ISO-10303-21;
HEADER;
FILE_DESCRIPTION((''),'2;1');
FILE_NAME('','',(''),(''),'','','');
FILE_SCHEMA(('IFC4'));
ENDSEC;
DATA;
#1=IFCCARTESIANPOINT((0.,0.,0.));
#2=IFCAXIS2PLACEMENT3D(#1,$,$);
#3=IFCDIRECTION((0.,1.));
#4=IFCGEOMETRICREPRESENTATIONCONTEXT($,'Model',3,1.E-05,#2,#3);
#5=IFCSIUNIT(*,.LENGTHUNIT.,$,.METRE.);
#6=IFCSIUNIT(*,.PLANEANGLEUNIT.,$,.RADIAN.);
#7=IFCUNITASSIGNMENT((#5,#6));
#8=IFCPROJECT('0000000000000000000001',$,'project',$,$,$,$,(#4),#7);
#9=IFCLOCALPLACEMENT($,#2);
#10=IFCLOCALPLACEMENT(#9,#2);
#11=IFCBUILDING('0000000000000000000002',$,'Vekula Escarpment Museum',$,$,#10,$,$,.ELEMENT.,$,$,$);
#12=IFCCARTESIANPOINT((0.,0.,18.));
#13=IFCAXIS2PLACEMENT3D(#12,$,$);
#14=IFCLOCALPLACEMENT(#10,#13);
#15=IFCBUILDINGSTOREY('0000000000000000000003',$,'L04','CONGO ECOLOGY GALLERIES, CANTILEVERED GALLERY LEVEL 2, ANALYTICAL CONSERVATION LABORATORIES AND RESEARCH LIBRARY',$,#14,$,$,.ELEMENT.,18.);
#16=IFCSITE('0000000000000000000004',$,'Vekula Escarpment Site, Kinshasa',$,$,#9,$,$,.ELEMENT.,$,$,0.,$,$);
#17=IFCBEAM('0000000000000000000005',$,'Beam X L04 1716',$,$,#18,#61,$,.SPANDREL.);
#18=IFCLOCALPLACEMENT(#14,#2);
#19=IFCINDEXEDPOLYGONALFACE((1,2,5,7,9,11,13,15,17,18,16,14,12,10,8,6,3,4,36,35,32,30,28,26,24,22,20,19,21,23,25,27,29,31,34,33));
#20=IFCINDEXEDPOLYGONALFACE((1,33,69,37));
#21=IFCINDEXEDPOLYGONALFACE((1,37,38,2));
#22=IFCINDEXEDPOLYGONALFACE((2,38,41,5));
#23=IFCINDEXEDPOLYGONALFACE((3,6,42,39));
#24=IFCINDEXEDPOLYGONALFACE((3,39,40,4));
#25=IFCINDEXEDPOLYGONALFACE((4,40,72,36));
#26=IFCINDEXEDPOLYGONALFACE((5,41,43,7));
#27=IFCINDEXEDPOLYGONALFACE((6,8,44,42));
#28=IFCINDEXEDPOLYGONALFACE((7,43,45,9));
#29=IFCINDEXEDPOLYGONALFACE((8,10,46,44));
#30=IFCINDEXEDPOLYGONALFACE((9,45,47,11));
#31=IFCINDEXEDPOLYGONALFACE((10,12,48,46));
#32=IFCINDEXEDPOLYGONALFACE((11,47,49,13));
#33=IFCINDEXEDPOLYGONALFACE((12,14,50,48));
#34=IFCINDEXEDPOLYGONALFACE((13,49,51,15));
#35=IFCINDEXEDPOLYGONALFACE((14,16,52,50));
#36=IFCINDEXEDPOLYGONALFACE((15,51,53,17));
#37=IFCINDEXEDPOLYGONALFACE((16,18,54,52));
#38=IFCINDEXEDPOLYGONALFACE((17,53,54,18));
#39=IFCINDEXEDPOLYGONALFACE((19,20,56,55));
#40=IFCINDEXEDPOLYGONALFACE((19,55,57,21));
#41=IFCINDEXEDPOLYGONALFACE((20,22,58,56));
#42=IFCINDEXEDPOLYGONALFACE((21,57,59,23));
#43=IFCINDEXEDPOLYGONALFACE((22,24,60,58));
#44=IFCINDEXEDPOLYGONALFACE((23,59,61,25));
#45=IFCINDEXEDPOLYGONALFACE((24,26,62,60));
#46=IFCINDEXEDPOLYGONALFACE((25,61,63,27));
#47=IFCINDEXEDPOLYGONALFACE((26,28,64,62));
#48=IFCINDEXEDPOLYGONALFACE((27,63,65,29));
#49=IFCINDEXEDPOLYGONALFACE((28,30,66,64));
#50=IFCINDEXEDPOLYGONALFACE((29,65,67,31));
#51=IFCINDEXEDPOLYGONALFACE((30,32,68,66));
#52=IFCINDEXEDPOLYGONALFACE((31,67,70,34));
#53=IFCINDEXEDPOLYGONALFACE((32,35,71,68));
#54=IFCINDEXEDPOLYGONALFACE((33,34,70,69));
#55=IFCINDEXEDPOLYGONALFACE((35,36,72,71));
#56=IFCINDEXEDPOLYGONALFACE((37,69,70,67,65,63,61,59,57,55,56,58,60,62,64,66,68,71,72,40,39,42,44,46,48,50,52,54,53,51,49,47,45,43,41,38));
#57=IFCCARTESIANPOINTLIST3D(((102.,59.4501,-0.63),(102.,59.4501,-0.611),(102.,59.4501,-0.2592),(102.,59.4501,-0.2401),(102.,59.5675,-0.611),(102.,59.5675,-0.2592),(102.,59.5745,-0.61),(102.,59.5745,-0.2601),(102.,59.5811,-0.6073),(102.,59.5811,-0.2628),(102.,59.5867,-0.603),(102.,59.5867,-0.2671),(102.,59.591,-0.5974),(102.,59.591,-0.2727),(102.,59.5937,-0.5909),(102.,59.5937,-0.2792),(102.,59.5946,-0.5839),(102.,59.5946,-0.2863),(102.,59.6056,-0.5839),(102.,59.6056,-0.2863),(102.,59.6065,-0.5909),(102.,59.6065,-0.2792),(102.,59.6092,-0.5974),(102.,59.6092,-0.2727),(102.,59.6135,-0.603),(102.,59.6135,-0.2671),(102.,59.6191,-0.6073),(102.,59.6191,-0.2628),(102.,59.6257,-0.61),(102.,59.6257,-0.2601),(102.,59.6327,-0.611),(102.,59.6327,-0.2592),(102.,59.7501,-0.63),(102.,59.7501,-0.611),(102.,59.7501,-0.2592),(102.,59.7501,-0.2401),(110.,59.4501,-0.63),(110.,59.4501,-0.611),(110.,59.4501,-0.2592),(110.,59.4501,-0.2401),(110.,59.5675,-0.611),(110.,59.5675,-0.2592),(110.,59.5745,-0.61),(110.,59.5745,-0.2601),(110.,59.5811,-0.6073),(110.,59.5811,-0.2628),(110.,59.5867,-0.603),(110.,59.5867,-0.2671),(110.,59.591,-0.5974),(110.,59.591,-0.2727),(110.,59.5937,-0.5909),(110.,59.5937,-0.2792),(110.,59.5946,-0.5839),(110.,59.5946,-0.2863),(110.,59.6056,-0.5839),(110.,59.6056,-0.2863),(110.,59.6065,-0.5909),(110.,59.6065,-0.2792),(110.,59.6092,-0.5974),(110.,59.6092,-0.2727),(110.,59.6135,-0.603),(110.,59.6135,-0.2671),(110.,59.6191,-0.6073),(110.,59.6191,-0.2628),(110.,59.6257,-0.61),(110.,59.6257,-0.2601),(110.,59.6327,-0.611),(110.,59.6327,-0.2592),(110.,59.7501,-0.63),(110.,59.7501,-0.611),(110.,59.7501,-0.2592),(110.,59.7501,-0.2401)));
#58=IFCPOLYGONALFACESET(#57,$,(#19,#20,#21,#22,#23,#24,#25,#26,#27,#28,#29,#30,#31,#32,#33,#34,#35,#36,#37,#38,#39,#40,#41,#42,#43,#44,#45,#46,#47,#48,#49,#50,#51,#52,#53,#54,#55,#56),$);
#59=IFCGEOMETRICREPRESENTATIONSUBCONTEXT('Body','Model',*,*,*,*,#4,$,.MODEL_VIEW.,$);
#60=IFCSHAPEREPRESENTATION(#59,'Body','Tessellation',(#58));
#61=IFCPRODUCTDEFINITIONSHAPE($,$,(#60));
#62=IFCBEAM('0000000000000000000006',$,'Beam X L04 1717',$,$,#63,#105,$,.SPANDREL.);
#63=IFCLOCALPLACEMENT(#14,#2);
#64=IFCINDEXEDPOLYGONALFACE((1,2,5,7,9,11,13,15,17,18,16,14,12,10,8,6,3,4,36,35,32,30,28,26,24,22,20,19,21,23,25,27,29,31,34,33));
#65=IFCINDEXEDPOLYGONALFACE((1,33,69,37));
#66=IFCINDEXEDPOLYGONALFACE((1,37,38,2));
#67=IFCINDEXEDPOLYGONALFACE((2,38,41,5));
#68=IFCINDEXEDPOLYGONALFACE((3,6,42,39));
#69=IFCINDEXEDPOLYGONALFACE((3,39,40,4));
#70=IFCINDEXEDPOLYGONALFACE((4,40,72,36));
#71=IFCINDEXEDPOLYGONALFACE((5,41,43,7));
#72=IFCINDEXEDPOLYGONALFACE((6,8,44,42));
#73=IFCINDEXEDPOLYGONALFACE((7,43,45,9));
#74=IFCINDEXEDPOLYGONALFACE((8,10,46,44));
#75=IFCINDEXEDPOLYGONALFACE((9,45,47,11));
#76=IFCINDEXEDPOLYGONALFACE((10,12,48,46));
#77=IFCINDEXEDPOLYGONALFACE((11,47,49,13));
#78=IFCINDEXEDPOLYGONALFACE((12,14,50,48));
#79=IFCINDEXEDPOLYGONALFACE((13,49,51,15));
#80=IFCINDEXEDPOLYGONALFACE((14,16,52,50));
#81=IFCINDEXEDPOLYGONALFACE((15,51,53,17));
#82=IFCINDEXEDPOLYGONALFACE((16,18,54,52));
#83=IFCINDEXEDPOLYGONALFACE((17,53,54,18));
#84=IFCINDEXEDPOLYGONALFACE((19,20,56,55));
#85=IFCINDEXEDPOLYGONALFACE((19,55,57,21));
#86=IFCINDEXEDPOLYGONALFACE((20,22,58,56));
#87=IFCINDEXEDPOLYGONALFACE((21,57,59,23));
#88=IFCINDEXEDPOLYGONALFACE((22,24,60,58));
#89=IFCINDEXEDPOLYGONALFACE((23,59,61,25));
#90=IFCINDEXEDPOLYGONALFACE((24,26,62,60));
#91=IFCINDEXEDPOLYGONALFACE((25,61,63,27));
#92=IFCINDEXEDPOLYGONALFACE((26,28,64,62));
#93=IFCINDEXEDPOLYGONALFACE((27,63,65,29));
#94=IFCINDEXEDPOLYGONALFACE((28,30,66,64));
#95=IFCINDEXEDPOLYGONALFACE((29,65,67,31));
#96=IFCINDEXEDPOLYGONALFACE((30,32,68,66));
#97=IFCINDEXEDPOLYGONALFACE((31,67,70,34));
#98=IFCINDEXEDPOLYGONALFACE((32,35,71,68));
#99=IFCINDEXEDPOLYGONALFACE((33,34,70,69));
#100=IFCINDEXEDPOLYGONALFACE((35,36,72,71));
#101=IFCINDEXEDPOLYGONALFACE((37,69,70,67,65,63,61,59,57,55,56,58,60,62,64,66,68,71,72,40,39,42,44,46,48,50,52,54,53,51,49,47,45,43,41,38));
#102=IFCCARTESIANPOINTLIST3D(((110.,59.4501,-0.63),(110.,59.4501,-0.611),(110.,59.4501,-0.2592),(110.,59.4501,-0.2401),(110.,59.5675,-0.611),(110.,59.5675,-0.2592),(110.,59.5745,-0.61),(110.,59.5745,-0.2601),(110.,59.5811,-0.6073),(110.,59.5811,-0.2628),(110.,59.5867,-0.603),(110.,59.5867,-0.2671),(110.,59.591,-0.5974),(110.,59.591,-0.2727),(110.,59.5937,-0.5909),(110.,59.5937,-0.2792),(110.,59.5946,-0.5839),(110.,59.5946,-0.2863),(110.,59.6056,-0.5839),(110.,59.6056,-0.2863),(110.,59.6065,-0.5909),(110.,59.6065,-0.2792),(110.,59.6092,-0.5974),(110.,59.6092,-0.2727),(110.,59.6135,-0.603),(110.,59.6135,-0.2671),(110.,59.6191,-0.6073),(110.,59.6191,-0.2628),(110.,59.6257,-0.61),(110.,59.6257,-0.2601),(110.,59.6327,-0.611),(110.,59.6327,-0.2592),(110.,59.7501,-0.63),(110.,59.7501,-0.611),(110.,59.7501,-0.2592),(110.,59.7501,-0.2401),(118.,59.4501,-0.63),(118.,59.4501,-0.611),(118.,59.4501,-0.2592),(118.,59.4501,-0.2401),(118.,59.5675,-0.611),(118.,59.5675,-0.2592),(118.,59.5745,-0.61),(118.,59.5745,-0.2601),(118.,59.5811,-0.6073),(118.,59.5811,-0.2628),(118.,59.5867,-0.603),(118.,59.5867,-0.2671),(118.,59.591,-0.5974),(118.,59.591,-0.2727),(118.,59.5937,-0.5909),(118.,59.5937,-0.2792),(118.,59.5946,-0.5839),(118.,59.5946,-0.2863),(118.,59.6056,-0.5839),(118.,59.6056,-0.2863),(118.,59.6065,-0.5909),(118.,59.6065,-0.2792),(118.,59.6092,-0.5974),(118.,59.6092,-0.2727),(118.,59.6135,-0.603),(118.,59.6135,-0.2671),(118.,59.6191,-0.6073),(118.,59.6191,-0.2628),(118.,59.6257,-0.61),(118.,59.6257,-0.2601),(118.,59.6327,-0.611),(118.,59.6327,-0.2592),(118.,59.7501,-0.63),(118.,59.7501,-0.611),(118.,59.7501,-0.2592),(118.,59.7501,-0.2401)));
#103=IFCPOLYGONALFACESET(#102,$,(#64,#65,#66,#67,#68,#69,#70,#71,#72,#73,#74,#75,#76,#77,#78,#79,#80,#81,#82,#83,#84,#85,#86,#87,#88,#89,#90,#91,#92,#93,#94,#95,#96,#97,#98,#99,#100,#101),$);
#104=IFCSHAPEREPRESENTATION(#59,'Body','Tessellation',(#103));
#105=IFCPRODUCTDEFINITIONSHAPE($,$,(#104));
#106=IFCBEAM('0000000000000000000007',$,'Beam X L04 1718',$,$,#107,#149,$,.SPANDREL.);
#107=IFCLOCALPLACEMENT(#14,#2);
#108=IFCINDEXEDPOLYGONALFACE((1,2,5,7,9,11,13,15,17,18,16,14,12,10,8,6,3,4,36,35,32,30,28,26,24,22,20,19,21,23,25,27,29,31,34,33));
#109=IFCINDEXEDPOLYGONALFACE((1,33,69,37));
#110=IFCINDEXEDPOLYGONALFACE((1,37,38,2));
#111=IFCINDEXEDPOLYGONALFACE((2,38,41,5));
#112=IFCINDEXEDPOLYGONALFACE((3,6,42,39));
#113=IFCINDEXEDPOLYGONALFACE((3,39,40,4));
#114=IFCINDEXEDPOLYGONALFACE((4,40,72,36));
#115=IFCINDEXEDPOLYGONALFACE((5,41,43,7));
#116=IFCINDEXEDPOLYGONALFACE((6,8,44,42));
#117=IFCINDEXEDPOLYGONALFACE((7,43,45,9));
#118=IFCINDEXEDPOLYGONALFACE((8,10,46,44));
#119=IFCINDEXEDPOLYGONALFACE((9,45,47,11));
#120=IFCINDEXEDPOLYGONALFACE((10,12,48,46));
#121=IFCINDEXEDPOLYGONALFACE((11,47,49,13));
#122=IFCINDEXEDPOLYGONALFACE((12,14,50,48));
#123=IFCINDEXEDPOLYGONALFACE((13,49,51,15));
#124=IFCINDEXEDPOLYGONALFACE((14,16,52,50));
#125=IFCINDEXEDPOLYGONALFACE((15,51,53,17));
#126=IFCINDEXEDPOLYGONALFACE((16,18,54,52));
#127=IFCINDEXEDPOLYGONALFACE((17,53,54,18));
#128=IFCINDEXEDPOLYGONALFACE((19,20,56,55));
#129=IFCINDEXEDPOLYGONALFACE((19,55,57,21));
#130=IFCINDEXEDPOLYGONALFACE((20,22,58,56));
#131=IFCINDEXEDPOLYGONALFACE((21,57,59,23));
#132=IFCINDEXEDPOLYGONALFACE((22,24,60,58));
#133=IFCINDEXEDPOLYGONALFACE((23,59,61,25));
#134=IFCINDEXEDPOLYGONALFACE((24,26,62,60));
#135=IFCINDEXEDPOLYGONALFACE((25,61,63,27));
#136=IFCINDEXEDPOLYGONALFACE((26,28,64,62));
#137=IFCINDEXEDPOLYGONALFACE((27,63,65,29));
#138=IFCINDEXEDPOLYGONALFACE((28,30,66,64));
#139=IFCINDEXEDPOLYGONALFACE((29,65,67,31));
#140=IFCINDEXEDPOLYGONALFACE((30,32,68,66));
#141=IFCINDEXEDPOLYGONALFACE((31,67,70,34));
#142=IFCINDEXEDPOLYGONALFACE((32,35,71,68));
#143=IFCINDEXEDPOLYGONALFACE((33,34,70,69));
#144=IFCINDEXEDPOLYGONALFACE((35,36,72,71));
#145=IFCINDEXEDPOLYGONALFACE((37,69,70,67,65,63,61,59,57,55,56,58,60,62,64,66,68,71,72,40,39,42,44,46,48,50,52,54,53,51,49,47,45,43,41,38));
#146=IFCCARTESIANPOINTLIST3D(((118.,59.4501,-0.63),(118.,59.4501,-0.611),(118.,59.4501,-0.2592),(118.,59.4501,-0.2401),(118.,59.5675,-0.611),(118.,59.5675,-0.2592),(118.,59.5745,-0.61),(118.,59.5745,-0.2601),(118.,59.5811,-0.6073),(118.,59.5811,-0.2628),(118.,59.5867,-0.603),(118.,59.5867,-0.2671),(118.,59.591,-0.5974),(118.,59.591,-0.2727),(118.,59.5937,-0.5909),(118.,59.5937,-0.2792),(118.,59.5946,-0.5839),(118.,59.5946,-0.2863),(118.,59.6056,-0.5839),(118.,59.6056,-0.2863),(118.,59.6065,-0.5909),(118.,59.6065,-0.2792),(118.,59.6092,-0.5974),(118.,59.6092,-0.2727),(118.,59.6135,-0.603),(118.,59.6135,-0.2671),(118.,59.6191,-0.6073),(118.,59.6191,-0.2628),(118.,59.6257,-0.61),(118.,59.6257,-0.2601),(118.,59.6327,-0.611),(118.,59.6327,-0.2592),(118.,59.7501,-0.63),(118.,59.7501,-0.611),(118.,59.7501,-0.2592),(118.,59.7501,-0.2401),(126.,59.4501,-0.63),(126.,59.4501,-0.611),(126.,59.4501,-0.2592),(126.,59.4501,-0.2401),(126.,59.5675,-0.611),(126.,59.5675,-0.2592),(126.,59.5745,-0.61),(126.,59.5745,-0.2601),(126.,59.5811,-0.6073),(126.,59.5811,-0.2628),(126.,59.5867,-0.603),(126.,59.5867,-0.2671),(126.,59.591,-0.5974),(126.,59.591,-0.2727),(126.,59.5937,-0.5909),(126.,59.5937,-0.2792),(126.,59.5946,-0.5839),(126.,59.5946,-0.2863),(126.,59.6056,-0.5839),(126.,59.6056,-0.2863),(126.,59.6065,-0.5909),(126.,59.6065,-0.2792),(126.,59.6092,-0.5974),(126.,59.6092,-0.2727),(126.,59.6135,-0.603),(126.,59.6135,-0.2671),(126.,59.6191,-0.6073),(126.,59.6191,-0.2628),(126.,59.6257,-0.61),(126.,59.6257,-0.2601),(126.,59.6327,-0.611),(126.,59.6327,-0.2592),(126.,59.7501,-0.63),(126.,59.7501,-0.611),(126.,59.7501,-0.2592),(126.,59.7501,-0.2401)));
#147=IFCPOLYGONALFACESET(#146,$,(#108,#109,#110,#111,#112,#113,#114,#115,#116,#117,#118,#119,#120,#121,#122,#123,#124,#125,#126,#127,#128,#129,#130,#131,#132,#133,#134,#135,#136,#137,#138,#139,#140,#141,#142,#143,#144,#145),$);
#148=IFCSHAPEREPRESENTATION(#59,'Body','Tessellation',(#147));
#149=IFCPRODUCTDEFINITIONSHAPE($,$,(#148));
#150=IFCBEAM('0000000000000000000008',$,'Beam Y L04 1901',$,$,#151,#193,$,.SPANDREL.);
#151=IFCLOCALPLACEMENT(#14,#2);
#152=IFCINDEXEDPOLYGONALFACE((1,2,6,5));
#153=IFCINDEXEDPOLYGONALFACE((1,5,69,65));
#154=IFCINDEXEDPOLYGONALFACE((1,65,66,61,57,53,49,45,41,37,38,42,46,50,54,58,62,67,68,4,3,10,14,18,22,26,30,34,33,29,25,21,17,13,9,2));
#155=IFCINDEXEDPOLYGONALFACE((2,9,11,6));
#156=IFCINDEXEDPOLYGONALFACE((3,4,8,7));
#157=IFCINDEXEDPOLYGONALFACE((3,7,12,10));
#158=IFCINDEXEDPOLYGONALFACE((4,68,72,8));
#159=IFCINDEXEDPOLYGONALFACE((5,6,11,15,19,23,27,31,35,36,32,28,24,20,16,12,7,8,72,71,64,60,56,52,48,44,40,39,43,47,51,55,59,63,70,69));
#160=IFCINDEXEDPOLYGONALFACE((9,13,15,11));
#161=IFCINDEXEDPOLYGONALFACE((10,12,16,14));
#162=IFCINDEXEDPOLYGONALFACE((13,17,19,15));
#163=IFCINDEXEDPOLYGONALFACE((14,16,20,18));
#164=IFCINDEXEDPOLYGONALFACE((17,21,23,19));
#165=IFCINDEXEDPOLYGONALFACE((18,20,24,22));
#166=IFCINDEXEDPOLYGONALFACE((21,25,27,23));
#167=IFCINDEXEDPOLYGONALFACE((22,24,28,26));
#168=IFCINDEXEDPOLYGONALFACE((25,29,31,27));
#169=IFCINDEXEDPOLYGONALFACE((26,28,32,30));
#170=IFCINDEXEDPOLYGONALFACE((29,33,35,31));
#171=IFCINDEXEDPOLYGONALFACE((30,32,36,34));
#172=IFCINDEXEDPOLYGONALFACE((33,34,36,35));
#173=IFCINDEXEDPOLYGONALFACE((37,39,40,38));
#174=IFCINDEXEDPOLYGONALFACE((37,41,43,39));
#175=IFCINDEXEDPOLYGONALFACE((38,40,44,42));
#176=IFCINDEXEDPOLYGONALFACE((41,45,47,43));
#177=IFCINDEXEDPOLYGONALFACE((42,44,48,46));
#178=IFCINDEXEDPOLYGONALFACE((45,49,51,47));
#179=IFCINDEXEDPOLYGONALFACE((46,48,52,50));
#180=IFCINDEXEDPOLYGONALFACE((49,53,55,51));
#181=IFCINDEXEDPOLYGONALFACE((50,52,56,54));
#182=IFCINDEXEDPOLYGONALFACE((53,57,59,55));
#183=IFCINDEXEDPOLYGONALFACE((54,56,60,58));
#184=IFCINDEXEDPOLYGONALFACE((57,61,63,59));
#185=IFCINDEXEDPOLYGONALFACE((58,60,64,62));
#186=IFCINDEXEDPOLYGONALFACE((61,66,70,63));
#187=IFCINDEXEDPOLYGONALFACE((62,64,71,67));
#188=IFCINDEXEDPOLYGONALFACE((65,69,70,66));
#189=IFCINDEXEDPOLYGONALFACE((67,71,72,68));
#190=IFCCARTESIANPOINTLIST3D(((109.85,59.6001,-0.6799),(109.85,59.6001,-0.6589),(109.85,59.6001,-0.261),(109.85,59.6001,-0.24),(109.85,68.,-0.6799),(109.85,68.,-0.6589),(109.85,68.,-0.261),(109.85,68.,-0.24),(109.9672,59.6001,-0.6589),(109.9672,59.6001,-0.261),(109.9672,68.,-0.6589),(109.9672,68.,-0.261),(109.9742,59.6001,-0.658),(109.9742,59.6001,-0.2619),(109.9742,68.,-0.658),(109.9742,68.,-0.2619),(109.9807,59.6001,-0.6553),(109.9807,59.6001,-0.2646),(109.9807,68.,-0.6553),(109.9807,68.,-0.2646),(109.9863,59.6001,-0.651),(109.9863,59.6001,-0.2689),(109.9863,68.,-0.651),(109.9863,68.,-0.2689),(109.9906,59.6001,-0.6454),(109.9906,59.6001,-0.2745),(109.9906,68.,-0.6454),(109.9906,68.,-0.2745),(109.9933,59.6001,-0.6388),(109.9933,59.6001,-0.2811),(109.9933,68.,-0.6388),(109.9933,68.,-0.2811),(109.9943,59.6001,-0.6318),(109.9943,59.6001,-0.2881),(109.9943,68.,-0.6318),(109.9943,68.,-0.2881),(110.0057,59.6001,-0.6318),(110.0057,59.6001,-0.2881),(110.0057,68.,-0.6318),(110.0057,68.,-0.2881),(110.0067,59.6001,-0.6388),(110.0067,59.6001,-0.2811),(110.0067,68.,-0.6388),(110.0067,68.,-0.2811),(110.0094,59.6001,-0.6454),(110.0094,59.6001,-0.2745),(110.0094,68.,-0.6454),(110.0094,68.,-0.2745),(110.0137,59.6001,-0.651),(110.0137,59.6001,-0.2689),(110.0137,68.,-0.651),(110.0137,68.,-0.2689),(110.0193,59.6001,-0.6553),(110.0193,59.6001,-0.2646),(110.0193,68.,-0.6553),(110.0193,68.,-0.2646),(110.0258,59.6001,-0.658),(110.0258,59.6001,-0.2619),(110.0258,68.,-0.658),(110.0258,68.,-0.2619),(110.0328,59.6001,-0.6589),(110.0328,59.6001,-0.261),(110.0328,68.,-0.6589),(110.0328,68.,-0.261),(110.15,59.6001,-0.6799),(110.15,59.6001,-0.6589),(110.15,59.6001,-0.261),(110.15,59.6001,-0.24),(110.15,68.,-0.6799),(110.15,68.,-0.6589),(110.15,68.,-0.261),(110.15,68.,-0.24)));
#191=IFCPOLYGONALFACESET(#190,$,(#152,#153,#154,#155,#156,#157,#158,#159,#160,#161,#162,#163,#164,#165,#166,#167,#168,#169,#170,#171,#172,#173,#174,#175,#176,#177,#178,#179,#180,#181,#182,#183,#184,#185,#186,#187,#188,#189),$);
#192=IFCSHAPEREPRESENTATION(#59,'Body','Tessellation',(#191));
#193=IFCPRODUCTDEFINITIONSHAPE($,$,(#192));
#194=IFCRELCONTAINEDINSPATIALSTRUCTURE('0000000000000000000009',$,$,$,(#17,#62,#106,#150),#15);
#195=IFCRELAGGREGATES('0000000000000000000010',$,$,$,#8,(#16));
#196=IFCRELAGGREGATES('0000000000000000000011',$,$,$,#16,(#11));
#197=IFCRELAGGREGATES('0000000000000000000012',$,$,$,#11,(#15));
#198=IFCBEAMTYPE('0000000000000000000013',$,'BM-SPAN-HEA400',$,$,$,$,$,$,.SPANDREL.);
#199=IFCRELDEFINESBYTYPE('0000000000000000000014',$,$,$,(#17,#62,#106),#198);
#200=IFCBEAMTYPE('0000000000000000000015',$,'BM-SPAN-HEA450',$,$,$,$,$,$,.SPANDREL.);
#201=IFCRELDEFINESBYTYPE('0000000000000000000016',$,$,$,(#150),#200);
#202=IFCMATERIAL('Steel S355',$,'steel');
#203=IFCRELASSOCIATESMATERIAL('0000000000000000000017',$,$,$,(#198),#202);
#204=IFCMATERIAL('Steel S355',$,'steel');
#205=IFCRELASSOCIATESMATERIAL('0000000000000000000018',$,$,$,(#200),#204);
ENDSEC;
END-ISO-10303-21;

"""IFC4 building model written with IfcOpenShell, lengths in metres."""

from ifc_helpers import new_model, si_unit, direction, frame, origin, origin_2d, place, context, subcontext, project, spatial, i_section, extrude, material, material_profile, profile_set, type_object, element, save


model = new_model("IFC4")

# Units and contexts
model_context = context("Model", 3, precision=1e-05, world=origin(), true_north=direction((0.0, 1.0)))
body_context = subcontext(model_context, "Body", "Model", "MODEL_VIEW")
ifc_project = project(units=[si_unit("LENGTHUNIT", "METRE"), si_unit("PLANEANGLEUNIT", "RADIAN")], contexts=[model_context])

# Site, building, storey
site_placement = place(None, origin())
site = spatial("IfcSite", under=ifc_project, at=site_placement, Name="Vekula Escarpment Site, Kinshasa", CompositionType="ELEMENT", RefElevation=0.0)
building_placement = place(site_placement, origin())
building = spatial("IfcBuilding", under=site, at=building_placement, Name="Vekula Escarpment Museum", CompositionType="ELEMENT")
storey_placement = place(building_placement, frame((0.0, 0.0, 18.0)))
storey = spatial("IfcBuildingStorey", under=building, at=storey_placement, Name="L04", Description="CONGO ECOLOGY GALLERIES, CANTILEVERED GALLERY LEVEL 2, ANALYTICAL CONSERVATION LABORATORIES AND RESEARCH LIBRARY", CompositionType="ELEMENT", Elevation=18.0)

# Beams
ifc_material_1 = material(Name="Steel S355", Category="steel")
ifc_material_profile_1 = material_profile(ifc_material_1, i_section(OverallWidth=0.3, OverallDepth=0.3899, WebThickness=0.011, FlangeThickness=0.019, FilletRadius=0.0271, at=origin_2d()), Name="HEA 400")
ifc_profile_set_1 = profile_set([ifc_material_profile_1], Name="Steel S355")
beam_type_1 = type_object("IfcBeamType", Name="BM-SPAN-HEA400", PredefinedType="SPANDREL", material=ifc_profile_set_1)
for number, where, z_axis, x_axis, name in (
    (1, (102.0, 59.6001, -0.4351), (1.0, 0.0, 0.0), (0.0, 1.0, 0.0), "Beam X L04 1716"),
    (2, (110.0, 59.6001, -0.4351), (1.0, 0.0, 0.0), (0.0, 1.0, 0.0), "Beam X L04 1717"),
    (3, (118.0, 59.6001, -0.4351), (1.0, 0.0, 0.0), (0.0, 1.0, 0.0), "Beam X L04 1718"),
):
    element("IfcBeam", number, at=place(storey_placement, frame(where, z_axis=z_axis, x_axis=x_axis)), inside=storey, type_object=beam_type_1, Name=name, PredefinedType="SPANDREL", context=body_context, shape_type="SweptSolid", body=[
        extrude(i_section(OverallWidth=0.3, OverallDepth=0.3899, WebThickness=0.011, FlangeThickness=0.019, FilletRadius=0.0271, at=origin_2d()), origin(), (0.0, 0.0, 1.0), 8.0),
    ])
ifc_material_2 = material(Name="Steel S355", Category="steel")
ifc_material_profile_2 = material_profile(ifc_material_2, i_section(OverallWidth=0.3, OverallDepth=0.4399, WebThickness=0.0115, FlangeThickness=0.021, FilletRadius=0.0271, at=origin_2d()), Name="HEA 450")
ifc_profile_set_2 = profile_set([ifc_material_profile_2], Name="Steel S355")
beam_type_2 = type_object("IfcBeamType", Name="BM-SPAN-HEA450", PredefinedType="SPANDREL", material=ifc_profile_set_2)
for number, where, z_axis, x_axis, name in (
    (4, (110.0, 59.6001, -0.46), (0.0, 1.0, 0.0), (-1.0, 0.0, 0.0), "Beam Y L04 1901"),
):
    element("IfcBeam", number, at=place(storey_placement, frame(where, z_axis=z_axis, x_axis=x_axis)), inside=storey, type_object=beam_type_2, Name=name, PredefinedType="SPANDREL", context=body_context, shape_type="SweptSolid", body=[
        extrude(i_section(OverallWidth=0.3, OverallDepth=0.4399, WebThickness=0.0115, FlangeThickness=0.021, FilletRadius=0.0271, at=origin_2d()), origin(), (0.0, 0.0, 1.0), 8.3999),
    ])

save(model, "model.ifc")
